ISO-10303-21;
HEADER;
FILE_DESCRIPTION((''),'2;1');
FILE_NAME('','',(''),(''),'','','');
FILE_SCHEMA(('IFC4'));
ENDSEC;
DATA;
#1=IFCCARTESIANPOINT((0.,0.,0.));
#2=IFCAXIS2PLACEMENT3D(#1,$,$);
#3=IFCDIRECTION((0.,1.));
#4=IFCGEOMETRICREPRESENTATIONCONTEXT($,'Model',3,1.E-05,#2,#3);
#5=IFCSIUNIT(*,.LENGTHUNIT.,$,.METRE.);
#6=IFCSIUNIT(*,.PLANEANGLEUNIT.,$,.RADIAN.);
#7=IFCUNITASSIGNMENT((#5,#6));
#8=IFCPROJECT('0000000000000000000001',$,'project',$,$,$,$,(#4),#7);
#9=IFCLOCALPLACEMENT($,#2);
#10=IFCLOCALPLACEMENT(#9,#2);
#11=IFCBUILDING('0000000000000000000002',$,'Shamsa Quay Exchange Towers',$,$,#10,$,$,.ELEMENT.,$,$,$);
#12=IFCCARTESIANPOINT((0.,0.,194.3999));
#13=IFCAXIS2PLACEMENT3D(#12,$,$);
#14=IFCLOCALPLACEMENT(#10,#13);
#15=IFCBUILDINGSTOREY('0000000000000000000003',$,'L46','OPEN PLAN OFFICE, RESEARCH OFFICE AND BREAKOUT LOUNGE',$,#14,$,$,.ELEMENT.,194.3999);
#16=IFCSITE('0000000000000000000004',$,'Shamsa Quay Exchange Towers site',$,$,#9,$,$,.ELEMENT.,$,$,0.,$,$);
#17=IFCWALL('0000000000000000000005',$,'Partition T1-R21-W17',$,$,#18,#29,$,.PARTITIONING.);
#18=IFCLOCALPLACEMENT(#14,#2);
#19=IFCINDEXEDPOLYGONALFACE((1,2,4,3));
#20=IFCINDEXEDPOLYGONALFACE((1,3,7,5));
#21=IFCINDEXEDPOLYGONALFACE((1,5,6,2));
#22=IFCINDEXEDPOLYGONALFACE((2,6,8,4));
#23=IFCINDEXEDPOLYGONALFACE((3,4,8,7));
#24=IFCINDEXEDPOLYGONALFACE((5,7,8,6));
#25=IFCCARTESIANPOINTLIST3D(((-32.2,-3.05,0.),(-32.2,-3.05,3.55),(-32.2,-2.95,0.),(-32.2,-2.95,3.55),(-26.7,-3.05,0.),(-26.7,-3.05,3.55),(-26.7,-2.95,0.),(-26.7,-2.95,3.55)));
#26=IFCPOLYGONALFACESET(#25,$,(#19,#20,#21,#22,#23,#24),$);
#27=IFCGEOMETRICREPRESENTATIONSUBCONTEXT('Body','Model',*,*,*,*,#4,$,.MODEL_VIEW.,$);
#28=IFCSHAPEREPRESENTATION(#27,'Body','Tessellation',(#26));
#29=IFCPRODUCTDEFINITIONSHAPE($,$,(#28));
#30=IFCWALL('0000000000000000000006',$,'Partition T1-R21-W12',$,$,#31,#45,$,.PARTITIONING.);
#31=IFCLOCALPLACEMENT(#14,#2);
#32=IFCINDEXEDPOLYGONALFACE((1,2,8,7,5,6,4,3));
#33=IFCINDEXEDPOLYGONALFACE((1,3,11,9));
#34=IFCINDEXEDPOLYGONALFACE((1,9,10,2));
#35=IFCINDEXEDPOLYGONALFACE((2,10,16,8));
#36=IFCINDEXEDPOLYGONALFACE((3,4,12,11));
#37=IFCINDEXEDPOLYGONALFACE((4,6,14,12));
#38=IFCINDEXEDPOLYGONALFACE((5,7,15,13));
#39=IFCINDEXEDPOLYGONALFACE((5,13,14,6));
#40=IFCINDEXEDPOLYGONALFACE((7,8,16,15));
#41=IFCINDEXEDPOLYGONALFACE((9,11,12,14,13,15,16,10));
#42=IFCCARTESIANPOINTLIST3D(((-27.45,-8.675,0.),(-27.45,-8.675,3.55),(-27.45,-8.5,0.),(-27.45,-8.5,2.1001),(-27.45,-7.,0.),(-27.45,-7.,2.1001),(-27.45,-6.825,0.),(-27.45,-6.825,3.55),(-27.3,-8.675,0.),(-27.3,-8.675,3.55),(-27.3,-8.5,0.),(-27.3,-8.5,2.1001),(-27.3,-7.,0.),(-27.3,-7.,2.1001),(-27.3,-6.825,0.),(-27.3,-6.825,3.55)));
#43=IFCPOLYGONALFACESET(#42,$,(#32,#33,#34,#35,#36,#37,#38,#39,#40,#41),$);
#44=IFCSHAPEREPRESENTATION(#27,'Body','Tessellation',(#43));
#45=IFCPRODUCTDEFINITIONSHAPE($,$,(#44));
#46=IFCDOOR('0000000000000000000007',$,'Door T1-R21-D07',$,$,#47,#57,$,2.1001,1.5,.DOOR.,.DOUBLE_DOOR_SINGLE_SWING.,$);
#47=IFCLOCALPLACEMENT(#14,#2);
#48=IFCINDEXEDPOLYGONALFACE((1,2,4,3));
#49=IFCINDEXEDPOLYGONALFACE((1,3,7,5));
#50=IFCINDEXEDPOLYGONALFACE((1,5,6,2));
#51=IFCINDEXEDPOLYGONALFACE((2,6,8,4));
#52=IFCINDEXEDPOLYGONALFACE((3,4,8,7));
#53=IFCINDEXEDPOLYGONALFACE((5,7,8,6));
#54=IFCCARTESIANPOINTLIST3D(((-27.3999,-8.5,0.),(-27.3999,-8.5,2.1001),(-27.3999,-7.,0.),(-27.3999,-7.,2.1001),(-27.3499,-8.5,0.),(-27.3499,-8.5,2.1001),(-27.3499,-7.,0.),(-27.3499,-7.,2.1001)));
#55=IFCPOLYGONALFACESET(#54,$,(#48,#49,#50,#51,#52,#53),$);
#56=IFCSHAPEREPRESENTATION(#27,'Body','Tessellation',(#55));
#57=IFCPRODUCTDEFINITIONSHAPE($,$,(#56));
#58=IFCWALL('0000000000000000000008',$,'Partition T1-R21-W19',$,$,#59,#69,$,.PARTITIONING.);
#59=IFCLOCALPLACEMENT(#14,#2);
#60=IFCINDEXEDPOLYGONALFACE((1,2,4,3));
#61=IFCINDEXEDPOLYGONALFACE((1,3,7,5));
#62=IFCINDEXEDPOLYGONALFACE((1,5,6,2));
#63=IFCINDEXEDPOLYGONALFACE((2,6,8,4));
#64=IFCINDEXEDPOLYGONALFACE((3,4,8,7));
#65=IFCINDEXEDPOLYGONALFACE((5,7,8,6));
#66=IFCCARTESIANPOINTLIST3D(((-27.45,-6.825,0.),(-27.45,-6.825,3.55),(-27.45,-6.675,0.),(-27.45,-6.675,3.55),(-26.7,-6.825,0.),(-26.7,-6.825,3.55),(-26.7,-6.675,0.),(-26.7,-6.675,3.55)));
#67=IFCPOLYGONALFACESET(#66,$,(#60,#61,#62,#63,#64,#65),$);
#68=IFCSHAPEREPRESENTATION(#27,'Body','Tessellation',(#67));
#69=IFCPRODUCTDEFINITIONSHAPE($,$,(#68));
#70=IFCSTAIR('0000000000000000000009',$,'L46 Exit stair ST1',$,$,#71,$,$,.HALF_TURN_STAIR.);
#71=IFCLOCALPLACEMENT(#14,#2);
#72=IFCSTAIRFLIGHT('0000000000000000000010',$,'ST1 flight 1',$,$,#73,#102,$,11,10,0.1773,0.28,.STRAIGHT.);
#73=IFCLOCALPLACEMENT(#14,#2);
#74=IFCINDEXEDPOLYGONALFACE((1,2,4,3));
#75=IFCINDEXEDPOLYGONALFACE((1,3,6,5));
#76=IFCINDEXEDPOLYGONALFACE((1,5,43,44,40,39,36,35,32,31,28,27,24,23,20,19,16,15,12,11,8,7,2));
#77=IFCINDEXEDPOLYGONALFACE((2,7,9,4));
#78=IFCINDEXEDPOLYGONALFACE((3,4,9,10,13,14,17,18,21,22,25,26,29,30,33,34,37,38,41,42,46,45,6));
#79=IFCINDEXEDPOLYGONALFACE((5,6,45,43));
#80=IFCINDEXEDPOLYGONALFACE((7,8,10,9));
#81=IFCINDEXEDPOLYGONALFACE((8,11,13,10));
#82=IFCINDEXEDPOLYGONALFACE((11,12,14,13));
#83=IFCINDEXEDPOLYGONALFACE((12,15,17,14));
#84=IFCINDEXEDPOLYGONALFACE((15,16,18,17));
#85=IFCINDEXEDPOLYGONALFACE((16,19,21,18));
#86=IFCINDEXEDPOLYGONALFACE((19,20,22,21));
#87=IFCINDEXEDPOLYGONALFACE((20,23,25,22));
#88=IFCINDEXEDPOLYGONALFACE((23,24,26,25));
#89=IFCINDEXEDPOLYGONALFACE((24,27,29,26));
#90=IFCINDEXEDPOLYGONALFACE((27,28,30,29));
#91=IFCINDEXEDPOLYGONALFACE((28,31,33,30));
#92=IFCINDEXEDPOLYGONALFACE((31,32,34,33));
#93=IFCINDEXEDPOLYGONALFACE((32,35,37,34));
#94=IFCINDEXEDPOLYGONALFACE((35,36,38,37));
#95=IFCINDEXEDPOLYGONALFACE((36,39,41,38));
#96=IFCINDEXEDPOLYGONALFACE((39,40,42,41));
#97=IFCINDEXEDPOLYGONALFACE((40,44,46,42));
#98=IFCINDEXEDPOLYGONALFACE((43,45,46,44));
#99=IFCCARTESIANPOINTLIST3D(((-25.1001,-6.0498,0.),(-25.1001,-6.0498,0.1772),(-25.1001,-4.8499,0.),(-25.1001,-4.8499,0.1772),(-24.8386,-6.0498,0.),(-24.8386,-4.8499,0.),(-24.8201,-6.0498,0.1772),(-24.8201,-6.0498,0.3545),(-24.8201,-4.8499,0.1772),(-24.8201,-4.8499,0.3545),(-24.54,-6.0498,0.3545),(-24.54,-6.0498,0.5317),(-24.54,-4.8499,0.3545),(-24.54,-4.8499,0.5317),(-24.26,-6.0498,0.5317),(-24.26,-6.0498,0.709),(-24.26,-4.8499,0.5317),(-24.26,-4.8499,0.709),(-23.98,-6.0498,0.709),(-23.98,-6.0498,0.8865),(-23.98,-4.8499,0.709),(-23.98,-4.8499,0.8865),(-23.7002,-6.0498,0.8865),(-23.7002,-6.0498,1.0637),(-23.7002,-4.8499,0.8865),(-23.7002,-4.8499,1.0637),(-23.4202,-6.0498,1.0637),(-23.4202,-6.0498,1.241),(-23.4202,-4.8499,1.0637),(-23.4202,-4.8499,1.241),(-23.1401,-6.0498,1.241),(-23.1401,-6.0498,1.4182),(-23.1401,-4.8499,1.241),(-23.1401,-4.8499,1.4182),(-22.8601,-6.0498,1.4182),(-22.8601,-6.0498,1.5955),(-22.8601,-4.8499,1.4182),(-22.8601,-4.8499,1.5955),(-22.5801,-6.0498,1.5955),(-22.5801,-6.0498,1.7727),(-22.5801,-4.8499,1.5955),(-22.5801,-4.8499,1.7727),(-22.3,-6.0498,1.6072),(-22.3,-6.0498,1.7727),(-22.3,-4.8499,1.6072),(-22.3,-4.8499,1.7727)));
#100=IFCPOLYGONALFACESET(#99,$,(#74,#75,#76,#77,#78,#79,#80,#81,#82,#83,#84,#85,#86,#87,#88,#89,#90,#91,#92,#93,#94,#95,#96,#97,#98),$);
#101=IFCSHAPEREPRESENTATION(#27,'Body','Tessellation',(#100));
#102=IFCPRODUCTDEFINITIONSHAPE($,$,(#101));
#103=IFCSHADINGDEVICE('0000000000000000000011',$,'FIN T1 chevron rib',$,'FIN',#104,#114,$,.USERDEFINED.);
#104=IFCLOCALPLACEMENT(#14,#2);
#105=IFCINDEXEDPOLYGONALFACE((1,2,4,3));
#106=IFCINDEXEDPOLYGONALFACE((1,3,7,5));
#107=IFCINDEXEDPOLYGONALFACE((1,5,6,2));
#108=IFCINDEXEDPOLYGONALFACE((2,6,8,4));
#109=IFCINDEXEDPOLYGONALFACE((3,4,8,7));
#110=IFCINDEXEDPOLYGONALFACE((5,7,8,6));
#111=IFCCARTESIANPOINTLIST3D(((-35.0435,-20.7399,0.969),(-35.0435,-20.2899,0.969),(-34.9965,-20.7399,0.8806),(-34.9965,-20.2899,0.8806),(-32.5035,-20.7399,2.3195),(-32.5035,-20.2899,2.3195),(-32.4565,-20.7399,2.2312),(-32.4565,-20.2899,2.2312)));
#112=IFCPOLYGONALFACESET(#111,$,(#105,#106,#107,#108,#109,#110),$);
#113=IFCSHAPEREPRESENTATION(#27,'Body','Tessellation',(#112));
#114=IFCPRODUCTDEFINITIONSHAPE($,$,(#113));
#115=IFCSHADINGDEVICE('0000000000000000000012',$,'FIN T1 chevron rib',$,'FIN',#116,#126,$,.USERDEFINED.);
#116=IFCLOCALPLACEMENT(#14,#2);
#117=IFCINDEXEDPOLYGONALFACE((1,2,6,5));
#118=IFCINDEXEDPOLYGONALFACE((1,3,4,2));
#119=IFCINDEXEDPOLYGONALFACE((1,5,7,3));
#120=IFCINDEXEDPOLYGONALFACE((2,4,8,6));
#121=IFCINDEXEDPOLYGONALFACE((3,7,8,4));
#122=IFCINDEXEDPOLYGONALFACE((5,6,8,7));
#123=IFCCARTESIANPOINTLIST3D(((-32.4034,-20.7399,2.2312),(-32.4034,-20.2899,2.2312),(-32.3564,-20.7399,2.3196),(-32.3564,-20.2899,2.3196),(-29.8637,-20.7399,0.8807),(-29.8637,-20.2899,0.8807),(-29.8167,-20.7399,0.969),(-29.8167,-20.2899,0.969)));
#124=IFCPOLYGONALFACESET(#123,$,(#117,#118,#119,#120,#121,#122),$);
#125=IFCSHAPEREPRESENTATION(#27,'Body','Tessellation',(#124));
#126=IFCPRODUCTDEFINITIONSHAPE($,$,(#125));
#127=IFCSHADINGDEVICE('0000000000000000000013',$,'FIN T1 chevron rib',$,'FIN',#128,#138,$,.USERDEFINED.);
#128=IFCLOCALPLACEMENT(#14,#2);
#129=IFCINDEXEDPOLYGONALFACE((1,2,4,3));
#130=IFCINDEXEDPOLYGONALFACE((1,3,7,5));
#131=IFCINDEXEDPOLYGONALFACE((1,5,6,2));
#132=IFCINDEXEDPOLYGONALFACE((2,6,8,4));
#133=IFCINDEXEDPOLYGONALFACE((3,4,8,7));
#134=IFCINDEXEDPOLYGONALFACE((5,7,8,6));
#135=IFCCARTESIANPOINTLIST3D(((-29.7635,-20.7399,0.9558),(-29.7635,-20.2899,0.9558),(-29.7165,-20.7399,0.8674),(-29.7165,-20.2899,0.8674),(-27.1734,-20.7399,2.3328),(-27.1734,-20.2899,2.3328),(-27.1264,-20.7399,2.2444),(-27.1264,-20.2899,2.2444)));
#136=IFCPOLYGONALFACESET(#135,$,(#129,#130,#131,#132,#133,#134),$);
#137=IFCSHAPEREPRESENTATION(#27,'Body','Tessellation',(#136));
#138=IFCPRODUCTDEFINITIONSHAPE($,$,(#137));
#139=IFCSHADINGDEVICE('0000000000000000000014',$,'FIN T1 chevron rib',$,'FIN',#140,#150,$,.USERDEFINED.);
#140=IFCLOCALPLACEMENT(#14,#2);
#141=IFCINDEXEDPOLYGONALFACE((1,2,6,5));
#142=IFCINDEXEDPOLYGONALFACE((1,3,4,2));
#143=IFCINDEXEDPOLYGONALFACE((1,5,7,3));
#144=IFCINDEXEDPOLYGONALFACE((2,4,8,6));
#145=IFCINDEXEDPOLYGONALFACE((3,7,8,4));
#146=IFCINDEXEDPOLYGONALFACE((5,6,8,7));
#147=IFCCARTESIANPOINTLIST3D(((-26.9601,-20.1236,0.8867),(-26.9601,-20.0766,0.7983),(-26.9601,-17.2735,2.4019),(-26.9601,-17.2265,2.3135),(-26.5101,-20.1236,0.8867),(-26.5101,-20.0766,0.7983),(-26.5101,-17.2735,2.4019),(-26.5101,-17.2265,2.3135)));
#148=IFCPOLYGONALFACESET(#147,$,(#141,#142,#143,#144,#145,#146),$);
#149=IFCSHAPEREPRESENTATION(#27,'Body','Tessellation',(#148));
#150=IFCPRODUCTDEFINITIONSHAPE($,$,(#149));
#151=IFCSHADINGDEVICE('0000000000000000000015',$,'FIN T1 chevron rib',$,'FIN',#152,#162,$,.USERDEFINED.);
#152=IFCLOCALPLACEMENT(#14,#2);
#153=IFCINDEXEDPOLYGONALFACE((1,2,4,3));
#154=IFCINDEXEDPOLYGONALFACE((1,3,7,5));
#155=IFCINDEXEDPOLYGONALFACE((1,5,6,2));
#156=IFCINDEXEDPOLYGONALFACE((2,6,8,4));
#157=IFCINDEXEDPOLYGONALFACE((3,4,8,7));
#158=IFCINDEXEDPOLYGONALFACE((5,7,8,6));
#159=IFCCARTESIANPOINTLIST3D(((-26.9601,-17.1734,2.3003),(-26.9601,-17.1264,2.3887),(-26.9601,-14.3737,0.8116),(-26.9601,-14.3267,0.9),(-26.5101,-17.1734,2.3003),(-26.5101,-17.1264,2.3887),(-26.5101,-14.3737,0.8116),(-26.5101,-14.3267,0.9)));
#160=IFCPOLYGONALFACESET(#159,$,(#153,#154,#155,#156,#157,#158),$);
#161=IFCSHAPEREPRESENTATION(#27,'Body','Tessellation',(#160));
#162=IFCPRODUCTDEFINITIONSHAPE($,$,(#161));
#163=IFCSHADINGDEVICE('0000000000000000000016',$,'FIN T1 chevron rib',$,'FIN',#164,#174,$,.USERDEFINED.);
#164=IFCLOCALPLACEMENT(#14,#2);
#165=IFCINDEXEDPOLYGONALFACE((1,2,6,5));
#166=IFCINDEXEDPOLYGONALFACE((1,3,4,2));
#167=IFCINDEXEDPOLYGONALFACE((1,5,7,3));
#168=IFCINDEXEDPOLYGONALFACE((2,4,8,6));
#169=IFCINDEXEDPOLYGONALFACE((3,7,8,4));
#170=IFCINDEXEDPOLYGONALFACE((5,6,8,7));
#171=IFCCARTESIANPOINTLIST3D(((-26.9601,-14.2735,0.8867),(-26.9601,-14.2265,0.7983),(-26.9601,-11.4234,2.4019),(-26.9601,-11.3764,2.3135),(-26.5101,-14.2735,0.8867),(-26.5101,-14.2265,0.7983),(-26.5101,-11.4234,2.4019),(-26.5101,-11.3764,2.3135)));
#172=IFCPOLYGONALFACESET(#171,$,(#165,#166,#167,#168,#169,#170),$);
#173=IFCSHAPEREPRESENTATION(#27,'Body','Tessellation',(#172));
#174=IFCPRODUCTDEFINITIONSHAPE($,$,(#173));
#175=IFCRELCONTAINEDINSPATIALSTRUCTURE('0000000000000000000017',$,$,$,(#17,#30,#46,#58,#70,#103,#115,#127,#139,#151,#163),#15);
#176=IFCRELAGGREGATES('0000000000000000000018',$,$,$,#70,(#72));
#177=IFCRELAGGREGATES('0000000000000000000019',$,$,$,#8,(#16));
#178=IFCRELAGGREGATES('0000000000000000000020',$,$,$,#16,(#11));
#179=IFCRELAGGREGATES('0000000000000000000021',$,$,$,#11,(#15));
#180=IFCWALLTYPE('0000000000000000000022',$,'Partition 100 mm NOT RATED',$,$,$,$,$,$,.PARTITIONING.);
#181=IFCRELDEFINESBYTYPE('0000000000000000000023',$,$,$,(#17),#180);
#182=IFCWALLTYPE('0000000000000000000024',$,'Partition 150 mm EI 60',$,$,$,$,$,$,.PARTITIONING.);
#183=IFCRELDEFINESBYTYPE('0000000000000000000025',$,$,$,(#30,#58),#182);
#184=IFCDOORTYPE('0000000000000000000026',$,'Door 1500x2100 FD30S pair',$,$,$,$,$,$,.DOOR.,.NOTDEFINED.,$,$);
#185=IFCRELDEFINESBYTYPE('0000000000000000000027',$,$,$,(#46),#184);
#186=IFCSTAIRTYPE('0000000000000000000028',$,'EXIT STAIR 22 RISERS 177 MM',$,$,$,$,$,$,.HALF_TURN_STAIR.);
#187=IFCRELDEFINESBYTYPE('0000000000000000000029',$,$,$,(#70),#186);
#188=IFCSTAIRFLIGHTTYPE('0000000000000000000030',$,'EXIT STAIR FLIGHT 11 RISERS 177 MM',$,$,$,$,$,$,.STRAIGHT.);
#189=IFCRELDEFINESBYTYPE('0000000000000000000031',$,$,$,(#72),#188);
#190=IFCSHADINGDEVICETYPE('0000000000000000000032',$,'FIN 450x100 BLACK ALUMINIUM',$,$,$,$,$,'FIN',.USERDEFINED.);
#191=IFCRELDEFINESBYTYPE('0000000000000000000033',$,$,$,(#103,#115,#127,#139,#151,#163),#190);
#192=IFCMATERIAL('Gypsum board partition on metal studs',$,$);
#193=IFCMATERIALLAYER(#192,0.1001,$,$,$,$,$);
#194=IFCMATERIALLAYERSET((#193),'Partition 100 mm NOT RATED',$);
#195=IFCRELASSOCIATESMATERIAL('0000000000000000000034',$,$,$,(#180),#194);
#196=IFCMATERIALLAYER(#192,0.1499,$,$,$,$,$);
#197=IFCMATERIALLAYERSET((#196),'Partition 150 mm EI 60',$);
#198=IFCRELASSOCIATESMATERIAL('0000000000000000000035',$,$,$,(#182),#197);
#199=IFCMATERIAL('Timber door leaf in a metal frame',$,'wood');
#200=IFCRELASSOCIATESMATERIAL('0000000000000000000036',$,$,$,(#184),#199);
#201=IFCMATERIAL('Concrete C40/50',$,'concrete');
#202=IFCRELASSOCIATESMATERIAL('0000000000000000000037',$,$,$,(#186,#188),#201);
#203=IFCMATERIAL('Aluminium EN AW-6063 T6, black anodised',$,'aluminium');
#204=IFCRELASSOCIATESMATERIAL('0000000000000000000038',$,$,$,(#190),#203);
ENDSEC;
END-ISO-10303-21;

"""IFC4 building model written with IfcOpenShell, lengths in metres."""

from ifc_helpers import new_model, si_unit, direction, frame, frame_2d, origin, origin_2d, place, context, subcontext, project, spatial, polyline, rectangle, outline, extrude, material, layer, layer_set, material_profile, profile_set, type_object, element, fill, aggregate, save


model = new_model("IFC4")

# Units and contexts
model_context = context("Model", 3, precision=1e-05, world=origin(), true_north=direction((0.0, 1.0)))
body_context = subcontext(model_context, "Body", "Model", "MODEL_VIEW")
ifc_project = project(units=[si_unit("LENGTHUNIT", "METRE"), si_unit("PLANEANGLEUNIT", "RADIAN")], contexts=[model_context])

# Site, building, storey
site_placement = place(None, origin())
site = spatial("IfcSite", under=ifc_project, at=site_placement, Name="Shamsa Quay Exchange Towers site", CompositionType="ELEMENT", RefElevation=0.0)
building_placement = place(site_placement, origin())
building = spatial("IfcBuilding", under=site, at=building_placement, Name="Shamsa Quay Exchange Towers", CompositionType="ELEMENT")
storey_placement = place(building_placement, frame((0.0, 0.0, 194.3999)))
storey = spatial("IfcBuildingStorey", under=building, at=storey_placement, Name="L46", Description="OPEN PLAN OFFICE, RESEARCH OFFICE AND BREAKOUT LOUNGE", CompositionType="ELEMENT", Elevation=194.3999)

# Shared definitions
ifc_material_1 = material(Name="Aluminium EN AW-6063 T6, black anodised", Category="aluminium")

# Shared definitions
ifc_material_2 = material(Name="Gypsum board partition on metal studs")
ifc_layer_1 = layer(ifc_material_2, 0.1001)
ifc_layer_set_1 = layer_set([ifc_layer_1], Name="Partition 100 mm NOT RATED")
wall_type_1 = type_object("IfcWallType", Name="Partition 100 mm NOT RATED", PredefinedType="PARTITIONING", material=ifc_layer_set_1)
ifc_material_3 = material(Name="Timber door leaf in a metal frame", Category="wood")

# Wall
wall_1_placement = place(storey_placement, frame((-26.7, -3.0, 0.0), z_axis=(0.0, 0.0, 1.0), x_axis=(-1.0, 0.0, 0.0)))
element("IfcWall", 1, at=wall_1_placement, inside=storey, type_object=wall_type_1, Name="Partition T1-R21-W17", PredefinedType="PARTITIONING", context=body_context, shape_type="SweptSolid", body=[
    extrude(rectangle(XDim=5.5, YDim=0.1001, at=frame_2d((2.75, 0.0))), origin(), (0.0, 0.0, 1.0), 3.55),
])

# Wall, opening, door
ifc_layer_2 = layer(ifc_material_2, 0.1499)
ifc_layer_set_2 = layer_set([ifc_layer_2], Name="Partition 150 mm EI 60")
wall_type_2 = type_object("IfcWallType", Name="Partition 150 mm EI 60", PredefinedType="PARTITIONING", material=ifc_layer_set_2)
wall_2_placement = place(storey_placement, frame((-27.375, -8.675, 0.0), z_axis=(0.0, 0.0, 1.0), x_axis=(0.0, 1.0, 0.0)))
wall_2 = element("IfcWall", 2, at=wall_2_placement, inside=storey, type_object=wall_type_2, Name="Partition T1-R21-W12", PredefinedType="PARTITIONING", context=body_context, shape_type="SweptSolid", body=[
    extrude(rectangle(XDim=1.8501, YDim=0.1499, at=frame_2d((0.925, 0.0))), origin(), (0.0, 0.0, 1.0), 3.55),
])
opening_1_placement = place(wall_2_placement, frame((0.175, 0.0, 0.0)))
opening_1 = element("IfcOpeningElement", 3, at=opening_1_placement, cuts=wall_2, PredefinedType="OPENING", context=body_context, shape_type="SweptSolid", body=[
    extrude(rectangle(XDim=1.5, YDim=2.1001, at=frame_2d((0.75, 1.05))), frame((0.0, 0.085, 0.0), z_axis=(0.0, -1.0, 0.0), x_axis=(1.0, 0.0, 0.0)), (0.0, 0.0, 1.0), 0.1699),
])
door_type_1 = type_object("IfcDoorType", Name="Door 1500x2100 FD30S pair", OperationType="NOTDEFINED", PredefinedType="DOOR", material=ifc_material_3)
door_1_placement = place(opening_1_placement, origin())
door_1 = element("IfcDoor", 4, at=door_1_placement, inside=storey, type_object=door_type_1, Name="Door T1-R21-D07", OperationType="DOUBLE_DOOR_SINGLE_SWING", OverallHeight=2.1001, OverallWidth=1.5, PredefinedType="DOOR", context=body_context, shape_type="SweptSolid", body=[
    extrude(rectangle(XDim=1.5, YDim=2.1001, at=frame_2d((0.75, 1.05))), frame((0.0, 0.0249, 0.0), z_axis=(0.0, -1.0, 0.0), x_axis=(1.0, 0.0, 0.0)), (0.0, 0.0, 1.0), 0.05),
])
fill(opening_1, door_1)

# Wall
wall_3_placement = place(storey_placement, frame((-27.45, -6.75, 0.0)))
element("IfcWall", 5, at=wall_3_placement, inside=storey, type_object=wall_type_2, Name="Partition T1-R21-W19", PredefinedType="PARTITIONING", context=body_context, shape_type="SweptSolid", body=[
    extrude(rectangle(XDim=0.75, YDim=0.1499, at=frame_2d((0.375, 0.0))), origin(), (0.0, 0.0, 1.0), 3.55),
])

# Stair, stair flight
ifc_material_4 = material(Name="Concrete C40/50", Category="concrete")
stair_type = type_object("IfcStairType", Name="EXIT STAIR 22 RISERS 177 MM", PredefinedType="HALF_TURN_STAIR", material=ifc_material_4)
stair_placement = place(storey_placement, origin())
stair = element("IfcStair", 6, at=stair_placement, inside=storey, type_object=stair_type, Name="L46 Exit stair ST1", PredefinedType="HALF_TURN_STAIR")
stair_flight_type = type_object("IfcStairFlightType", Name="EXIT STAIR FLIGHT 11 RISERS 177 MM", PredefinedType="STRAIGHT", material=ifc_material_4)
stair_flight_placement = place(storey_placement, frame((-25.1001, -5.45, 0.0)))
stair_flight = element("IfcStairFlight", 7, at=stair_flight_placement, type_object=stair_flight_type, Name="ST1 flight 1", NumberOfRisers=11, NumberOfTreads=10, PredefinedType="STRAIGHT", RiserHeight=0.1773, TreadLength=0.28, context=body_context, shape_type="SweptSolid", body=[
    extrude(outline(polyline([(0.0, 0.0), (0.0, 0.1772), (0.28, 0.1772), (0.28, 0.3545), (0.5601, 0.3545), (0.5601, 0.5317), (0.8401, 0.5317), (0.8401, 0.709), (1.1201, 0.709), (1.1201, 0.8865), (1.3999, 0.8865), (1.3999, 1.0637), (1.6799, 1.0637), (1.6799, 1.241), (1.96, 1.241), (1.96, 1.4182), (2.24, 1.4182), (2.24, 1.5955), (2.52, 1.5955), (2.52, 1.7727), (2.8, 1.7727), (2.8, 1.95), (2.8, 1.6072), (0.2615, 0.0), (0.0, 0.0)])), frame((0.0, 0.6001, 0.0), z_axis=(0.0, -1.0, 0.0), x_axis=(1.0, 0.0, 0.0)), (0.0, 0.0, 1.0), 1.2),
])
aggregate(stair, [stair_flight])

# Shading devices
ifc_material_profile_1 = material_profile(ifc_material_1, rectangle(XDim=0.45, YDim=0.1001, at=origin_2d()), Name="FIN450x100")
ifc_profile_set_1 = profile_set([ifc_material_profile_1], Name="Aluminium EN AW-6063 T6, black anodised")
shading_device_type = type_object("IfcShadingDeviceType", Name="FIN 450x100 BLACK ALUMINIUM", ElementType="FIN", PredefinedType="USERDEFINED", material=ifc_profile_set_1)
shading_device_1_placement = place(storey_placement, frame((-35.02, -20.5149, 0.9248), z_axis=(0.882944, 0.0, 0.469478), x_axis=(0.0, 1.0, 0.0)))
element("IfcShadingDevice", 8, at=shading_device_1_placement, inside=storey, type_object=shading_device_type, Name="FIN T1 chevron rib", ObjectType="FIN", PredefinedType="USERDEFINED", context=body_context, shape_type="SweptSolid", body=[
    extrude(rectangle(XDim=0.45, YDim=0.1001, at=origin_2d()), origin(), (0.0, 0.0, 1.0), 2.8767),
])
shading_device_2_placement = place(storey_placement, frame((-32.3799, -20.5149, 2.2754), z_axis=(0.882926, 0.0, -0.469513), x_axis=(0.0, 1.0, 0.0)))
element("IfcShadingDevice", 9, at=shading_device_2_placement, inside=storey, type_object=shading_device_type, Name="FIN T1 chevron rib", ObjectType="FIN", PredefinedType="USERDEFINED", context=body_context, shape_type="SweptSolid", body=[
    extrude(rectangle(XDim=0.45, YDim=0.1001, at=origin_2d()), origin(), (0.0, 0.0, 1.0), 2.8765),
])
shading_device_3_placement = place(storey_placement, frame((-29.74, -20.5149, 0.9116), z_axis=(0.882979, 0.0, 0.469413), x_axis=(0.0, 1.0, 0.0)))
element("IfcShadingDevice", 10, at=shading_device_3_placement, inside=storey, type_object=shading_device_type, Name="FIN T1 chevron rib", ObjectType="FIN", PredefinedType="USERDEFINED", context=body_context, shape_type="SweptSolid", body=[
    extrude(rectangle(XDim=0.45, YDim=0.1001, at=origin_2d()), origin(), (0.0, 0.0, 1.0), 2.9333),
])
shading_device_4_placement = place(storey_placement, frame((-26.7351, -20.1001, 0.8425), z_axis=(0.0, 0.882984, 0.469402), x_axis=(-1.0, 0.0, 0.0)))
element("IfcShadingDevice", 11, at=shading_device_4_placement, inside=storey, type_object=shading_device_type, Name="FIN T1 chevron rib", ObjectType="FIN", PredefinedType="USERDEFINED", context=body_context, shape_type="SweptSolid", body=[
    extrude(rectangle(XDim=0.45, YDim=0.1001, at=origin_2d()), origin(), (0.0, 0.0, 1.0), 3.2278),
])
shading_device_5_placement = place(storey_placement, frame((-26.7351, -17.1499, 2.3445), z_axis=(0.0, 0.882936, -0.469493), x_axis=(-1.0, 0.0, 0.0)))
element("IfcShadingDevice", 12, at=shading_device_5_placement, inside=storey, type_object=shading_device_type, Name="FIN T1 chevron rib", ObjectType="FIN", PredefinedType="USERDEFINED", context=body_context, shape_type="SweptSolid", body=[
    extrude(rectangle(XDim=0.45, YDim=0.1001, at=origin_2d()), origin(), (0.0, 0.0, 1.0), 3.1709),
])
shading_device_6_placement = place(storey_placement, frame((-26.7351, -14.25, 0.8425), z_axis=(0.0, 0.882984, 0.469402), x_axis=(-1.0, 0.0, 0.0)))
element("IfcShadingDevice", 13, at=shading_device_6_placement, inside=storey, type_object=shading_device_type, Name="FIN T1 chevron rib", ObjectType="FIN", PredefinedType="USERDEFINED", context=body_context, shape_type="SweptSolid", body=[
    extrude(rectangle(XDim=0.45, YDim=0.1001, at=origin_2d()), origin(), (0.0, 0.0, 1.0), 3.2278),
])

save(model, "model.ifc")
